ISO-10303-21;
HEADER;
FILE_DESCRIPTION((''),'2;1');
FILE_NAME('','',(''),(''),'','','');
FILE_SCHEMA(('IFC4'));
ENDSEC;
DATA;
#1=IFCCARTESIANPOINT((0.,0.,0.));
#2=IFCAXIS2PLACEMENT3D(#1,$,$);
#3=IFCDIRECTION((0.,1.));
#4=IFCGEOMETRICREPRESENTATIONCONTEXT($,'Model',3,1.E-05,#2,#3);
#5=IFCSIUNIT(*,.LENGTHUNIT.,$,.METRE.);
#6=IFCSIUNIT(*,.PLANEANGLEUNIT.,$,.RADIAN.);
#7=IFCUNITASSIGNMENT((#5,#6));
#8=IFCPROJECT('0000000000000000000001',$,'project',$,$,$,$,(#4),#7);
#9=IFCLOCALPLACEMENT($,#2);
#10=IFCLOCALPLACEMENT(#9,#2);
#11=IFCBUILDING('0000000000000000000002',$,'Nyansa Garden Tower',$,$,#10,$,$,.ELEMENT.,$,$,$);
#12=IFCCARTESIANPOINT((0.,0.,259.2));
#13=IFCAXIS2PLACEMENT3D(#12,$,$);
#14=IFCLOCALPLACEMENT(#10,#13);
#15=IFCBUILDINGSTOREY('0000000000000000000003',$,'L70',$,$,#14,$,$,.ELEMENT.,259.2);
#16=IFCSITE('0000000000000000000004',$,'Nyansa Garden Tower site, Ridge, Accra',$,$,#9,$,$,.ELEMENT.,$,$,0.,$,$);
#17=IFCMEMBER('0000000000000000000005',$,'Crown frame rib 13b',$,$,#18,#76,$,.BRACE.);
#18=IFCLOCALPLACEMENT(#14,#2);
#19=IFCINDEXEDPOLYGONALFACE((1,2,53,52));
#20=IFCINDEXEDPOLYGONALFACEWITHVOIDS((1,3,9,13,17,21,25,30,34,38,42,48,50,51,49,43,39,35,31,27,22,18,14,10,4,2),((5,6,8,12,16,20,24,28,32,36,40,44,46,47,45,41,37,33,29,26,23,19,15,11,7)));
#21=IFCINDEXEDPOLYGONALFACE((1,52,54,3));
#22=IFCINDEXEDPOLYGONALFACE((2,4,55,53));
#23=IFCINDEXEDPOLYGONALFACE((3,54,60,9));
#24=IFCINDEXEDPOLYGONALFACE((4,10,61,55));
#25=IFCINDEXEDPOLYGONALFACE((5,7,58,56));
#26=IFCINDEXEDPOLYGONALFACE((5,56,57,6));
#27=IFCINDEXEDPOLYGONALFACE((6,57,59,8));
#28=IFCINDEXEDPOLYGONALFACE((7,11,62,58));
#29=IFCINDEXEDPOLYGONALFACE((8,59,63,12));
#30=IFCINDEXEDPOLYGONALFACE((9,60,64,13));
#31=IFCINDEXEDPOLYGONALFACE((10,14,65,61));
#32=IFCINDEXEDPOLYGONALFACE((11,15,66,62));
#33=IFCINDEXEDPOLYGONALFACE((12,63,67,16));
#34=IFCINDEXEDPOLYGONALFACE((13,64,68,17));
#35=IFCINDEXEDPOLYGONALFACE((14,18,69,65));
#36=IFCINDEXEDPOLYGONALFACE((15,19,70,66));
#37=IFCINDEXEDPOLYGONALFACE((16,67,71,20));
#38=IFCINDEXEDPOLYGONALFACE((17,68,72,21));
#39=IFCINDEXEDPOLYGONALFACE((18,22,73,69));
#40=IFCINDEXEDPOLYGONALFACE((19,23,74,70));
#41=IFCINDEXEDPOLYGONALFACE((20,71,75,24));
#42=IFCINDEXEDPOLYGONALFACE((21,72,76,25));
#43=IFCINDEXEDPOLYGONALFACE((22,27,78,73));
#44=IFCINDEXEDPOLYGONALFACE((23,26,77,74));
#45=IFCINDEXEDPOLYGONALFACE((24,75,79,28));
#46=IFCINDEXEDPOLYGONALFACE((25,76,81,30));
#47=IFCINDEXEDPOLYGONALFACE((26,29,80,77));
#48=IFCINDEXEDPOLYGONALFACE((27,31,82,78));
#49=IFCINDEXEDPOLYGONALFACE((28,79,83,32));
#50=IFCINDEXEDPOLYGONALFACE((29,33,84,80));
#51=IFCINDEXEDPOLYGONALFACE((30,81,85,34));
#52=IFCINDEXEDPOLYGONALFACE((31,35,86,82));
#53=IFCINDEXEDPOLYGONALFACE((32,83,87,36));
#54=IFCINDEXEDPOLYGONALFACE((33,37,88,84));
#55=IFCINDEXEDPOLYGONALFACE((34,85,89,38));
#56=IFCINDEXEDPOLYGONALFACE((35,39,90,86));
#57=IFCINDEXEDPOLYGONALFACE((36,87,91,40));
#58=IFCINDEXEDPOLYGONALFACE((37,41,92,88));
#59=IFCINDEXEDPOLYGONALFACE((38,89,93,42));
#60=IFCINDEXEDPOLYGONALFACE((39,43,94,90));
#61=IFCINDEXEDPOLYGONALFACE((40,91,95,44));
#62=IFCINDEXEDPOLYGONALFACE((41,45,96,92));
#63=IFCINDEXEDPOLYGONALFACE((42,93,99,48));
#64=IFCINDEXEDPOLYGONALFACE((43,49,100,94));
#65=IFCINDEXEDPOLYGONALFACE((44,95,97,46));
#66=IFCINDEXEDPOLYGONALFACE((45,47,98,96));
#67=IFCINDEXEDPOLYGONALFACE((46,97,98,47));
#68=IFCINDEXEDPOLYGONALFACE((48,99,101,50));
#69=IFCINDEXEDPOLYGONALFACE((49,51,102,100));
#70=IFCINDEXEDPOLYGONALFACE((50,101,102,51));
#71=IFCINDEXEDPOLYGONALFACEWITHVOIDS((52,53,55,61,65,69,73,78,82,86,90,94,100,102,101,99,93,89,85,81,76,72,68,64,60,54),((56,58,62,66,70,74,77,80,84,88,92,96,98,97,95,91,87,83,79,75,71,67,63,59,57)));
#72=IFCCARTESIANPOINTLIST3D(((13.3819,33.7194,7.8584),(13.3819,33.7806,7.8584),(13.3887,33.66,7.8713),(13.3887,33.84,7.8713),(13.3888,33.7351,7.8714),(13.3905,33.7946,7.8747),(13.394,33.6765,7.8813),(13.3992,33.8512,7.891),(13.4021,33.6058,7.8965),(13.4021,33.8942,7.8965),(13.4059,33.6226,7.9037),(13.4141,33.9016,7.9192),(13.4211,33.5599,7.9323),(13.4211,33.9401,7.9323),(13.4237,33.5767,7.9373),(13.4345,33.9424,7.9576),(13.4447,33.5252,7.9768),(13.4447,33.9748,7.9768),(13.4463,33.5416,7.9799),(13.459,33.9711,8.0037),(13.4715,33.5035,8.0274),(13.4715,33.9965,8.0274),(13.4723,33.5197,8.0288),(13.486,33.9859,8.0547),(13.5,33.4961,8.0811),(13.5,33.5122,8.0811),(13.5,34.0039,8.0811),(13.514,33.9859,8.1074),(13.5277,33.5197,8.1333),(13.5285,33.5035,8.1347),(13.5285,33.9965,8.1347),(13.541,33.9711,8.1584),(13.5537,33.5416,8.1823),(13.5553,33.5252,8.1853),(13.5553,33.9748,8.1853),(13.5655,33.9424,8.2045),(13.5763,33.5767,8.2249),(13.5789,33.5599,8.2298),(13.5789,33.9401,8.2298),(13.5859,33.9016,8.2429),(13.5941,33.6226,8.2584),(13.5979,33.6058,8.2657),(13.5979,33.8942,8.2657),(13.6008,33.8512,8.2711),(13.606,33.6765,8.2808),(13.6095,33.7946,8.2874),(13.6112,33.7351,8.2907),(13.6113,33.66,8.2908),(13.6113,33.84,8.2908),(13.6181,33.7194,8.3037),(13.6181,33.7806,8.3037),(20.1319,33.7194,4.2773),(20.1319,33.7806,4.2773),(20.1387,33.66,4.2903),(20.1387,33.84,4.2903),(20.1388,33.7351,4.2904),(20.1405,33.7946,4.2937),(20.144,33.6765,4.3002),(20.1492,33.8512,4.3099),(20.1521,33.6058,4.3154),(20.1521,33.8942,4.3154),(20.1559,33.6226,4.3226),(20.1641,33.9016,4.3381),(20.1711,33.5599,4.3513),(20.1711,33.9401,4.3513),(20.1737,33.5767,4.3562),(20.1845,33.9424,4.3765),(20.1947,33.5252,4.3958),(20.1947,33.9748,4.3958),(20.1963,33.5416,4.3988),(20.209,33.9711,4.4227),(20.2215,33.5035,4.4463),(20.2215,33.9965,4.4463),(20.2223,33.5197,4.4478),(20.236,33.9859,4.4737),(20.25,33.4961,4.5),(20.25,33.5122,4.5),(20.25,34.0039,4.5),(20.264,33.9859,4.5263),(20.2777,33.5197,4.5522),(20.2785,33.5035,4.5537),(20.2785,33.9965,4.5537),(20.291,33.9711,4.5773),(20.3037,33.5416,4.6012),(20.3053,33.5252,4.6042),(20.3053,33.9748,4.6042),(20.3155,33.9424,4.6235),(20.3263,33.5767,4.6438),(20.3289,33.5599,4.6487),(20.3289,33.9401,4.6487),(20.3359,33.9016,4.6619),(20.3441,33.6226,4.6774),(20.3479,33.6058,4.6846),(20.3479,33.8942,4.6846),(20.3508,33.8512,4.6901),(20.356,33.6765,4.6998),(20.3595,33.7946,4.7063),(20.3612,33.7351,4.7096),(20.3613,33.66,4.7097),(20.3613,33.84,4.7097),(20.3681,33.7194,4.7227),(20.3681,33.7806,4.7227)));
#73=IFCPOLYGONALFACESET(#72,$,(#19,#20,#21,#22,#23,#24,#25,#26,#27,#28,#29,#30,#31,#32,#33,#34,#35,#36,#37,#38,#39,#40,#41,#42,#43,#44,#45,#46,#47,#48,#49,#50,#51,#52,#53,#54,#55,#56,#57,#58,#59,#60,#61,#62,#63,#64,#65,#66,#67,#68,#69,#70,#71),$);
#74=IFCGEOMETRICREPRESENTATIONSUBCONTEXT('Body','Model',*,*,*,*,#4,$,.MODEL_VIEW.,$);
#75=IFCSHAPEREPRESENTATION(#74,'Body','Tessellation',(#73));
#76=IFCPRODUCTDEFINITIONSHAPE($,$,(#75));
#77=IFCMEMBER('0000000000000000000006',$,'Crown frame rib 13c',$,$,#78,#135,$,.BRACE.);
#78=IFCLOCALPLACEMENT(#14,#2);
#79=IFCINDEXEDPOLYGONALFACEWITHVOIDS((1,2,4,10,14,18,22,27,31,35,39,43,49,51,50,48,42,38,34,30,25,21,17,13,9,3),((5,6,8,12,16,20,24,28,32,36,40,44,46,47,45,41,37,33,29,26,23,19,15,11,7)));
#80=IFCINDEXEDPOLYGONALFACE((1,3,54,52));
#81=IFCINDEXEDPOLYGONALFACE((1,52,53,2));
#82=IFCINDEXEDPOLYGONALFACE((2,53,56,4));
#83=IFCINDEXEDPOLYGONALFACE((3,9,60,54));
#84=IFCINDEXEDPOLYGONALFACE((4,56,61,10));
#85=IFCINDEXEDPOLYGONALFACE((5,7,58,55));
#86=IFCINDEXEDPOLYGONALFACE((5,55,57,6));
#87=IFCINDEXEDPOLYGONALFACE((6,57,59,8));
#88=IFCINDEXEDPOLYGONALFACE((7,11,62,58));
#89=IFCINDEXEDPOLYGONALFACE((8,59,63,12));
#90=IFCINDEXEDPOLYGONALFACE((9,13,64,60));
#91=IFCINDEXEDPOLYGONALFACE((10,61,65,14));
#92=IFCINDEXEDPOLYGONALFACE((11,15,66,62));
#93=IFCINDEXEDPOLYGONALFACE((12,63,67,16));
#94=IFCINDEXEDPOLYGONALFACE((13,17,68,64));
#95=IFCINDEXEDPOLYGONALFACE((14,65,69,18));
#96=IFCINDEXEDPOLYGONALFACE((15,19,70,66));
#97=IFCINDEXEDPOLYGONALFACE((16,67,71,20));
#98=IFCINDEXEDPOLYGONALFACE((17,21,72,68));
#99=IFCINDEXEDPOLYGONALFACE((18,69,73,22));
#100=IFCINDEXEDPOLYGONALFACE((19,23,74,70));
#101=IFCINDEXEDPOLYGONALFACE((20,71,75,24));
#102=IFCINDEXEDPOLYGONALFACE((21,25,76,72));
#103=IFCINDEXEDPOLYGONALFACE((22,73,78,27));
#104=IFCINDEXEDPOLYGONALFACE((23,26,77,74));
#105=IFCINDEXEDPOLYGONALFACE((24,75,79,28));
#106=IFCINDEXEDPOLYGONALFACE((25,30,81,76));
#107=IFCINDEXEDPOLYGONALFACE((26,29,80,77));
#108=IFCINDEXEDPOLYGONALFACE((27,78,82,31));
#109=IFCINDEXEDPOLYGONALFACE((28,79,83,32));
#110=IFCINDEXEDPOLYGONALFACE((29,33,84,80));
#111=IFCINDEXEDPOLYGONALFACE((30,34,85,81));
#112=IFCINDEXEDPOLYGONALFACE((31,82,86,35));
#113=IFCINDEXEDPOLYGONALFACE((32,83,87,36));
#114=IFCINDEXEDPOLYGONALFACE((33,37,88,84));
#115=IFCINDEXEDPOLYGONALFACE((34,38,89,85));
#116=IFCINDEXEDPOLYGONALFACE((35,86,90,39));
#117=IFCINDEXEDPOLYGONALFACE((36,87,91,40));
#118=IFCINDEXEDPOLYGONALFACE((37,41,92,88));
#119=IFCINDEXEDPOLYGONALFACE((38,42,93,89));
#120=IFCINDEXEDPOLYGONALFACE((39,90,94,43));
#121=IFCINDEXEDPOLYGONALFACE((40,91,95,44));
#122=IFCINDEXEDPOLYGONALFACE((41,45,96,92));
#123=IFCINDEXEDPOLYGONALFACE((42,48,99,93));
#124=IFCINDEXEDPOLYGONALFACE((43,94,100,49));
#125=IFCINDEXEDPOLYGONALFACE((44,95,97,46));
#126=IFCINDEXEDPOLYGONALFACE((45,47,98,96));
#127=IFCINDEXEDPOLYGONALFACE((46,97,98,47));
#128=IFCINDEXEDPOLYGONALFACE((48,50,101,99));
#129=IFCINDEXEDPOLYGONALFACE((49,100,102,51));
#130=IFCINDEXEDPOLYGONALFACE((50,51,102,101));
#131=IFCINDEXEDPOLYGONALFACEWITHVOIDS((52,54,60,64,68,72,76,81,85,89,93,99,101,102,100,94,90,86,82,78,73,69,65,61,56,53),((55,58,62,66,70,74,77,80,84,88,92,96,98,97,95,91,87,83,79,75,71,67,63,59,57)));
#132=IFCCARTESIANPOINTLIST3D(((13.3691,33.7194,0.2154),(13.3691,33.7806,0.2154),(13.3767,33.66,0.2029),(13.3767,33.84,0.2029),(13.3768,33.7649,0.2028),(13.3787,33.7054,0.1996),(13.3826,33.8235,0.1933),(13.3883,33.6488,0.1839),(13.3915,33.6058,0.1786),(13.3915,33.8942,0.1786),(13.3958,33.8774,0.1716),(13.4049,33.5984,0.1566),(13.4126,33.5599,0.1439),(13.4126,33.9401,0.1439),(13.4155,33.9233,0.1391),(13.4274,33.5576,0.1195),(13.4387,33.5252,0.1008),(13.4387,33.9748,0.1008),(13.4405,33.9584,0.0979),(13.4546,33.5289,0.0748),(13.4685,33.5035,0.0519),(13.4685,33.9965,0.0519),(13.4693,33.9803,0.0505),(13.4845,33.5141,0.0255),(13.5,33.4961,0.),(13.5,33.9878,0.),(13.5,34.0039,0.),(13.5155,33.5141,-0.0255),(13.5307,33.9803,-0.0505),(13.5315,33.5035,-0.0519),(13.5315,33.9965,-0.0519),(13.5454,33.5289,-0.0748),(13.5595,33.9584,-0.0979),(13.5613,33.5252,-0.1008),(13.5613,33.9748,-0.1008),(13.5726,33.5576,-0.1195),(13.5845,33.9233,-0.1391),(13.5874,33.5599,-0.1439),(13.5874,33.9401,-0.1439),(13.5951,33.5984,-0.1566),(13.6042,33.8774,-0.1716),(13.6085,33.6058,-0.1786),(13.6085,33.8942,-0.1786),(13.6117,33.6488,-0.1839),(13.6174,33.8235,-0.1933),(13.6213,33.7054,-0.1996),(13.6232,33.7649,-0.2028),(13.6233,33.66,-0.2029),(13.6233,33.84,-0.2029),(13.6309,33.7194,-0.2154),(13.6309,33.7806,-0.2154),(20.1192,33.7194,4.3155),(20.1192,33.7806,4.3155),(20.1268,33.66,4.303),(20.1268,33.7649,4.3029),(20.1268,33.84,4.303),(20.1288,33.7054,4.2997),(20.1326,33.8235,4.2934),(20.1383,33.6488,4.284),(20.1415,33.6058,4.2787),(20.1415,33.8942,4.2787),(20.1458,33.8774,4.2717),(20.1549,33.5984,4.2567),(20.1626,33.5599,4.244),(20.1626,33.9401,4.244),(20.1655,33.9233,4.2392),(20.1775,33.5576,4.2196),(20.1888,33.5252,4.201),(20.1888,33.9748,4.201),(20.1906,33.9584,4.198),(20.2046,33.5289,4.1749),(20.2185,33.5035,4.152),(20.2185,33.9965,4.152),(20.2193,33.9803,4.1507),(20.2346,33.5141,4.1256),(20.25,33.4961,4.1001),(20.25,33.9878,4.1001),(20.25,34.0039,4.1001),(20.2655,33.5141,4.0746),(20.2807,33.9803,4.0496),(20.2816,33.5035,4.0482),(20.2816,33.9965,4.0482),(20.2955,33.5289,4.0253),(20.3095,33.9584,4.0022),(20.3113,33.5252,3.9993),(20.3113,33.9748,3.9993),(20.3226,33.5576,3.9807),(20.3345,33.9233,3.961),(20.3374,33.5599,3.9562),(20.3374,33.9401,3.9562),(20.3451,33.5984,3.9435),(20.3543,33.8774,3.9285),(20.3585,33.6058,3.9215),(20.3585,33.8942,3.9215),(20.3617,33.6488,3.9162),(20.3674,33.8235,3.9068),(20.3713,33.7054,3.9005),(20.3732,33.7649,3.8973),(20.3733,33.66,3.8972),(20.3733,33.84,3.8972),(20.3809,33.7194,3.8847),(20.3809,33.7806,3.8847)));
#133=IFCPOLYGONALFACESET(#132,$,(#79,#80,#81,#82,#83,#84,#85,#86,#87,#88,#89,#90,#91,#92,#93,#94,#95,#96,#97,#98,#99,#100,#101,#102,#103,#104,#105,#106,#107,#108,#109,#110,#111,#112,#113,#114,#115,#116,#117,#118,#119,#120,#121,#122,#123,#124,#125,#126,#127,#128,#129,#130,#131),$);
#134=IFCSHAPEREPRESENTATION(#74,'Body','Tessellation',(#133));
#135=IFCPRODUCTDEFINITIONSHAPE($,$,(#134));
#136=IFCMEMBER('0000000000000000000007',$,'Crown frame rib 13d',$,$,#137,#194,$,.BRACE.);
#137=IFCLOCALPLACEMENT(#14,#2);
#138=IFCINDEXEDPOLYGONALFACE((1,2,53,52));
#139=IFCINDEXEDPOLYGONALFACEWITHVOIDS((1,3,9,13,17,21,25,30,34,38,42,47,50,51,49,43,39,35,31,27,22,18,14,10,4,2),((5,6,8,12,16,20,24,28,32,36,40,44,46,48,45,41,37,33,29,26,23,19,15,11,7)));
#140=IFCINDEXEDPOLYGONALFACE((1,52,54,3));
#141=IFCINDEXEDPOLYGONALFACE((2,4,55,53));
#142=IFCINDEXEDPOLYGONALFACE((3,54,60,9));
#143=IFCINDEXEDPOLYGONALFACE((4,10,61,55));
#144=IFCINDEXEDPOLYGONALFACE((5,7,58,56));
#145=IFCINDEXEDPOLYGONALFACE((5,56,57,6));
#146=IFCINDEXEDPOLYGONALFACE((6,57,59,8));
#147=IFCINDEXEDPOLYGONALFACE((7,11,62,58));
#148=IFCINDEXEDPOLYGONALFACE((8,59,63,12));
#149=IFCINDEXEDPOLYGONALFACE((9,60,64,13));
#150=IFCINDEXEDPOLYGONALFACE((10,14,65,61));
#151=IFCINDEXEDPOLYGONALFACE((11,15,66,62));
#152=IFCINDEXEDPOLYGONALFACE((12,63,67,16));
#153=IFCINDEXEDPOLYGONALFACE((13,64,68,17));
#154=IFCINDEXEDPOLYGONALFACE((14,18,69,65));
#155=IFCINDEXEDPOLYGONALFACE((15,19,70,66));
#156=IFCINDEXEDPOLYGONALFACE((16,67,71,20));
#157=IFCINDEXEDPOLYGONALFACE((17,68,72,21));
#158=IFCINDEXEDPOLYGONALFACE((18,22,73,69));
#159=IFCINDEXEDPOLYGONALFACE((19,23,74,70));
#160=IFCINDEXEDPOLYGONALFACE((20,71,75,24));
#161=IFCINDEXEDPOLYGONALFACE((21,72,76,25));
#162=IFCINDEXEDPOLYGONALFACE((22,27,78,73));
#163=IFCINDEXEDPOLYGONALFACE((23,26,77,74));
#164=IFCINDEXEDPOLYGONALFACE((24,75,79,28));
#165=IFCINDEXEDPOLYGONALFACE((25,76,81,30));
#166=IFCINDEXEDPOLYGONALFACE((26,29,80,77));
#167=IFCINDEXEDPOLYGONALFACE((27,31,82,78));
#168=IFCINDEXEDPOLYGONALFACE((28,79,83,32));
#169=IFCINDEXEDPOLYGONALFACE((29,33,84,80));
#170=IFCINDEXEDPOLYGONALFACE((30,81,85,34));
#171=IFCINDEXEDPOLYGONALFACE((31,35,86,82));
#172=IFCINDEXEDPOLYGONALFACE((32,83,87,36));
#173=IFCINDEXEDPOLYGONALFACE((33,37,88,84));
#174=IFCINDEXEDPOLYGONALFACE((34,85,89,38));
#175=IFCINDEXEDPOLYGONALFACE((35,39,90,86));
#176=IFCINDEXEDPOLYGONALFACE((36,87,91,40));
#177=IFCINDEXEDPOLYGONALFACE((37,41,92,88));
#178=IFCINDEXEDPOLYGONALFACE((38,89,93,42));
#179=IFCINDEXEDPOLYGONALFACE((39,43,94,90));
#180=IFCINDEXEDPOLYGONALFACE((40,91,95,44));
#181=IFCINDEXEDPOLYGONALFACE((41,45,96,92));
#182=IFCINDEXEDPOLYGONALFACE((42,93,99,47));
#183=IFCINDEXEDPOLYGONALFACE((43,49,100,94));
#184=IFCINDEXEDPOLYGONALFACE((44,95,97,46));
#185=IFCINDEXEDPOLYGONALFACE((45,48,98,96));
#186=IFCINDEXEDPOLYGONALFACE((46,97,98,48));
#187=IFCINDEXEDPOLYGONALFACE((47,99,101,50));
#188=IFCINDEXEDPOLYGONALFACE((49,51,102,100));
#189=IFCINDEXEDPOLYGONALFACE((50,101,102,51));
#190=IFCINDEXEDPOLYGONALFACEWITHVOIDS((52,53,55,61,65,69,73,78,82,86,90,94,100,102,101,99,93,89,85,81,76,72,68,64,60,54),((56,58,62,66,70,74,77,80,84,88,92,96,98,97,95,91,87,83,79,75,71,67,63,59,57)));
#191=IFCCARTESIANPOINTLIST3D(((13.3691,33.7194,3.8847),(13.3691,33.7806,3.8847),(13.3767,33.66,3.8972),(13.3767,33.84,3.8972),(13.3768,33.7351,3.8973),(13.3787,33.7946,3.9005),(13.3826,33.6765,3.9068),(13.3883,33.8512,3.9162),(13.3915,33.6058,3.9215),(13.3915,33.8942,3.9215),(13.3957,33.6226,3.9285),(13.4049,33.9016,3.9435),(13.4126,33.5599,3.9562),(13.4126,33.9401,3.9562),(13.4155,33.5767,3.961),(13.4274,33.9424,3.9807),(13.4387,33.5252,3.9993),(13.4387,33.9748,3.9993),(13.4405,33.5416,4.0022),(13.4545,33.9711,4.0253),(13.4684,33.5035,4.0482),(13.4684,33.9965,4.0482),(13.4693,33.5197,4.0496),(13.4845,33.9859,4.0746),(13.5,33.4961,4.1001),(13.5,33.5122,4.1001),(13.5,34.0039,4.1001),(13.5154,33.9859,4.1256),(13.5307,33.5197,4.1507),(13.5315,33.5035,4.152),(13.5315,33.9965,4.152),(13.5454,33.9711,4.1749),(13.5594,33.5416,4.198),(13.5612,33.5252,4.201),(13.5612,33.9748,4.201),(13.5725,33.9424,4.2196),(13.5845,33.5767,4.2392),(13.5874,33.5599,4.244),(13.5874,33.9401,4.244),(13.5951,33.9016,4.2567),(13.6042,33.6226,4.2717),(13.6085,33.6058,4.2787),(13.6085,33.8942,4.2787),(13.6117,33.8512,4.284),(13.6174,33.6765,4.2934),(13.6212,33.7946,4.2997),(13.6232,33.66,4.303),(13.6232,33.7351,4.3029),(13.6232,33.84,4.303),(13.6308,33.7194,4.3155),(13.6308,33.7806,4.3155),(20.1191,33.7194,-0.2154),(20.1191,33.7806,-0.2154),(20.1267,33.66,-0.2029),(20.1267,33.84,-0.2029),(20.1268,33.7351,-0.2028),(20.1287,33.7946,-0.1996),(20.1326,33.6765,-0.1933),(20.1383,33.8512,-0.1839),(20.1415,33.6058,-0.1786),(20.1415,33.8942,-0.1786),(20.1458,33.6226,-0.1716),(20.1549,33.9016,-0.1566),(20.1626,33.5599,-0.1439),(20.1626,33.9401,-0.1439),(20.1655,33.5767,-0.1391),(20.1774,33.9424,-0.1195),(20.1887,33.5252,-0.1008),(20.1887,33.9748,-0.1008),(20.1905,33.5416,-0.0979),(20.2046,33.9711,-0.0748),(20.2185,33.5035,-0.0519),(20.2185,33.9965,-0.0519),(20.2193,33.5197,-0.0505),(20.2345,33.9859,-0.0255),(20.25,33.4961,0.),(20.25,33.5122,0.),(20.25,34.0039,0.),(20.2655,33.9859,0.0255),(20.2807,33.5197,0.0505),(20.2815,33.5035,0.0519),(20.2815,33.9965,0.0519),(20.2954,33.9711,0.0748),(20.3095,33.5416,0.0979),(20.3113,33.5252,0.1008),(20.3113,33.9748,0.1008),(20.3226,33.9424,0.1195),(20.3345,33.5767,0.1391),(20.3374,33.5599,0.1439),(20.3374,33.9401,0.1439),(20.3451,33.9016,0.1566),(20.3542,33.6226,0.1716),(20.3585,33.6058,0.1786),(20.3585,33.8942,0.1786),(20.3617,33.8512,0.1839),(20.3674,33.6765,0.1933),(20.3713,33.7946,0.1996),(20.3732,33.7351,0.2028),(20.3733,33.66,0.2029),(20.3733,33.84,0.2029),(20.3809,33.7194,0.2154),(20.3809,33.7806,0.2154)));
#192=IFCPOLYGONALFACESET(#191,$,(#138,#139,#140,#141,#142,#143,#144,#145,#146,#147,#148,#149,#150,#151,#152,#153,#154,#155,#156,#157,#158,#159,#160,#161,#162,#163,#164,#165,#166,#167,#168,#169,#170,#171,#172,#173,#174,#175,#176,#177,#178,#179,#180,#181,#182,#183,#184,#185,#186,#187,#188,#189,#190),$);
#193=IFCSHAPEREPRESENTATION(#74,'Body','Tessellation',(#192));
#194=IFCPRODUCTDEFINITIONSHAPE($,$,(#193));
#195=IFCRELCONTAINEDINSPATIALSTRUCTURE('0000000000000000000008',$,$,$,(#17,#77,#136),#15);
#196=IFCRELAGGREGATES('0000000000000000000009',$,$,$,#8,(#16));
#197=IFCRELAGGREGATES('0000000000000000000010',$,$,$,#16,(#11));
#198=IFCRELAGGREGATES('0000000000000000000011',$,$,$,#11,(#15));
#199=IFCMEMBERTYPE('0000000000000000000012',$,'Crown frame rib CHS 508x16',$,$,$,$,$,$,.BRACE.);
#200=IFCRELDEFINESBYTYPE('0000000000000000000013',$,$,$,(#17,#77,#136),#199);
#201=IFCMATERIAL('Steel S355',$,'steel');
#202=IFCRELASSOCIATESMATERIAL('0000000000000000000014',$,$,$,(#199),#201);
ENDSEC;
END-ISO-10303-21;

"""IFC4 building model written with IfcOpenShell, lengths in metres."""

from ifc_helpers import new_model, si_unit, direction, frame, origin, origin_2d, place, context, subcontext, project, spatial, hollow_circle, extrude, material, material_profile, profile_set, type_object, element, save


model = new_model("IFC4")

# Units and contexts
model_context = context("Model", 3, precision=1e-05, world=origin(), true_north=direction((0.0, 1.0)))
body_context = subcontext(model_context, "Body", "Model", "MODEL_VIEW")
ifc_project = project(units=[si_unit("LENGTHUNIT", "METRE"), si_unit("PLANEANGLEUNIT", "RADIAN")], contexts=[model_context])

# Site, building, storey
site_placement = place(None, origin())
site = spatial("IfcSite", under=ifc_project, at=site_placement, Name="Nyansa Garden Tower site, Ridge, Accra", CompositionType="ELEMENT", RefElevation=0.0)
building_placement = place(site_placement, origin())
building = spatial("IfcBuilding", under=site, at=building_placement, Name="Nyansa Garden Tower", CompositionType="ELEMENT")
storey_placement = place(building_placement, frame((0.0, 0.0, 259.2)))
storey = spatial("IfcBuildingStorey", under=building, at=storey_placement, Name="L70", CompositionType="ELEMENT", Elevation=259.2)

# Members
ifc_material_1 = material(Name="Steel S355", Category="steel")
ifc_material_profile_1 = material_profile(ifc_material_1, hollow_circle(Radius=0.2539, WallThickness=0.0161, at=origin_2d()), Name="CHS 508x16")
ifc_profile_set_1 = profile_set([ifc_material_profile_1], Name="Steel S355")
member_type = type_object("IfcMemberType", Name="Crown frame rib CHS 508x16", PredefinedType="BRACE", material=ifc_profile_set_1)
for number, where, z_axis, x_axis, name in (
    (1, (20.25, 33.75, 4.5), (-0.88338, 0.0, 0.468657), (0.0, -1.0, 0.0), "Crown frame rib 13b"),
):
    element("IfcMember", number, at=place(storey_placement, frame(where, z_axis=z_axis, x_axis=x_axis)), inside=storey, type_object=member_type, Name=name, PredefinedType="BRACE", context=body_context, shape_type="SweptSolid", body=[
        extrude(hollow_circle(Radius=0.2539, WallThickness=0.0161, at=origin_2d()), origin(), (0.0, 0.0, 1.0), 7.6411),
    ])
for number, where, z_axis, x_axis, name in (
    (2, (13.5, 33.75, 0.0), (0.854682, 0.0, 0.519152), (0.0, 1.0, 0.0), "Crown frame rib 13c"),
    (3, (20.25, 33.75, 0.0), (-0.854682, 0.0, 0.519152), (0.0, -1.0, 0.0), "Crown frame rib 13d"),
):
    element("IfcMember", number, at=place(storey_placement, frame(where, z_axis=z_axis, x_axis=x_axis)), inside=storey, type_object=member_type, Name=name, PredefinedType="BRACE", context=body_context, shape_type="SweptSolid", body=[
        extrude(hollow_circle(Radius=0.2539, WallThickness=0.0161, at=origin_2d()), origin(), (0.0, 0.0, 1.0), 7.8977),
    ])

save(model, "model.ifc")
